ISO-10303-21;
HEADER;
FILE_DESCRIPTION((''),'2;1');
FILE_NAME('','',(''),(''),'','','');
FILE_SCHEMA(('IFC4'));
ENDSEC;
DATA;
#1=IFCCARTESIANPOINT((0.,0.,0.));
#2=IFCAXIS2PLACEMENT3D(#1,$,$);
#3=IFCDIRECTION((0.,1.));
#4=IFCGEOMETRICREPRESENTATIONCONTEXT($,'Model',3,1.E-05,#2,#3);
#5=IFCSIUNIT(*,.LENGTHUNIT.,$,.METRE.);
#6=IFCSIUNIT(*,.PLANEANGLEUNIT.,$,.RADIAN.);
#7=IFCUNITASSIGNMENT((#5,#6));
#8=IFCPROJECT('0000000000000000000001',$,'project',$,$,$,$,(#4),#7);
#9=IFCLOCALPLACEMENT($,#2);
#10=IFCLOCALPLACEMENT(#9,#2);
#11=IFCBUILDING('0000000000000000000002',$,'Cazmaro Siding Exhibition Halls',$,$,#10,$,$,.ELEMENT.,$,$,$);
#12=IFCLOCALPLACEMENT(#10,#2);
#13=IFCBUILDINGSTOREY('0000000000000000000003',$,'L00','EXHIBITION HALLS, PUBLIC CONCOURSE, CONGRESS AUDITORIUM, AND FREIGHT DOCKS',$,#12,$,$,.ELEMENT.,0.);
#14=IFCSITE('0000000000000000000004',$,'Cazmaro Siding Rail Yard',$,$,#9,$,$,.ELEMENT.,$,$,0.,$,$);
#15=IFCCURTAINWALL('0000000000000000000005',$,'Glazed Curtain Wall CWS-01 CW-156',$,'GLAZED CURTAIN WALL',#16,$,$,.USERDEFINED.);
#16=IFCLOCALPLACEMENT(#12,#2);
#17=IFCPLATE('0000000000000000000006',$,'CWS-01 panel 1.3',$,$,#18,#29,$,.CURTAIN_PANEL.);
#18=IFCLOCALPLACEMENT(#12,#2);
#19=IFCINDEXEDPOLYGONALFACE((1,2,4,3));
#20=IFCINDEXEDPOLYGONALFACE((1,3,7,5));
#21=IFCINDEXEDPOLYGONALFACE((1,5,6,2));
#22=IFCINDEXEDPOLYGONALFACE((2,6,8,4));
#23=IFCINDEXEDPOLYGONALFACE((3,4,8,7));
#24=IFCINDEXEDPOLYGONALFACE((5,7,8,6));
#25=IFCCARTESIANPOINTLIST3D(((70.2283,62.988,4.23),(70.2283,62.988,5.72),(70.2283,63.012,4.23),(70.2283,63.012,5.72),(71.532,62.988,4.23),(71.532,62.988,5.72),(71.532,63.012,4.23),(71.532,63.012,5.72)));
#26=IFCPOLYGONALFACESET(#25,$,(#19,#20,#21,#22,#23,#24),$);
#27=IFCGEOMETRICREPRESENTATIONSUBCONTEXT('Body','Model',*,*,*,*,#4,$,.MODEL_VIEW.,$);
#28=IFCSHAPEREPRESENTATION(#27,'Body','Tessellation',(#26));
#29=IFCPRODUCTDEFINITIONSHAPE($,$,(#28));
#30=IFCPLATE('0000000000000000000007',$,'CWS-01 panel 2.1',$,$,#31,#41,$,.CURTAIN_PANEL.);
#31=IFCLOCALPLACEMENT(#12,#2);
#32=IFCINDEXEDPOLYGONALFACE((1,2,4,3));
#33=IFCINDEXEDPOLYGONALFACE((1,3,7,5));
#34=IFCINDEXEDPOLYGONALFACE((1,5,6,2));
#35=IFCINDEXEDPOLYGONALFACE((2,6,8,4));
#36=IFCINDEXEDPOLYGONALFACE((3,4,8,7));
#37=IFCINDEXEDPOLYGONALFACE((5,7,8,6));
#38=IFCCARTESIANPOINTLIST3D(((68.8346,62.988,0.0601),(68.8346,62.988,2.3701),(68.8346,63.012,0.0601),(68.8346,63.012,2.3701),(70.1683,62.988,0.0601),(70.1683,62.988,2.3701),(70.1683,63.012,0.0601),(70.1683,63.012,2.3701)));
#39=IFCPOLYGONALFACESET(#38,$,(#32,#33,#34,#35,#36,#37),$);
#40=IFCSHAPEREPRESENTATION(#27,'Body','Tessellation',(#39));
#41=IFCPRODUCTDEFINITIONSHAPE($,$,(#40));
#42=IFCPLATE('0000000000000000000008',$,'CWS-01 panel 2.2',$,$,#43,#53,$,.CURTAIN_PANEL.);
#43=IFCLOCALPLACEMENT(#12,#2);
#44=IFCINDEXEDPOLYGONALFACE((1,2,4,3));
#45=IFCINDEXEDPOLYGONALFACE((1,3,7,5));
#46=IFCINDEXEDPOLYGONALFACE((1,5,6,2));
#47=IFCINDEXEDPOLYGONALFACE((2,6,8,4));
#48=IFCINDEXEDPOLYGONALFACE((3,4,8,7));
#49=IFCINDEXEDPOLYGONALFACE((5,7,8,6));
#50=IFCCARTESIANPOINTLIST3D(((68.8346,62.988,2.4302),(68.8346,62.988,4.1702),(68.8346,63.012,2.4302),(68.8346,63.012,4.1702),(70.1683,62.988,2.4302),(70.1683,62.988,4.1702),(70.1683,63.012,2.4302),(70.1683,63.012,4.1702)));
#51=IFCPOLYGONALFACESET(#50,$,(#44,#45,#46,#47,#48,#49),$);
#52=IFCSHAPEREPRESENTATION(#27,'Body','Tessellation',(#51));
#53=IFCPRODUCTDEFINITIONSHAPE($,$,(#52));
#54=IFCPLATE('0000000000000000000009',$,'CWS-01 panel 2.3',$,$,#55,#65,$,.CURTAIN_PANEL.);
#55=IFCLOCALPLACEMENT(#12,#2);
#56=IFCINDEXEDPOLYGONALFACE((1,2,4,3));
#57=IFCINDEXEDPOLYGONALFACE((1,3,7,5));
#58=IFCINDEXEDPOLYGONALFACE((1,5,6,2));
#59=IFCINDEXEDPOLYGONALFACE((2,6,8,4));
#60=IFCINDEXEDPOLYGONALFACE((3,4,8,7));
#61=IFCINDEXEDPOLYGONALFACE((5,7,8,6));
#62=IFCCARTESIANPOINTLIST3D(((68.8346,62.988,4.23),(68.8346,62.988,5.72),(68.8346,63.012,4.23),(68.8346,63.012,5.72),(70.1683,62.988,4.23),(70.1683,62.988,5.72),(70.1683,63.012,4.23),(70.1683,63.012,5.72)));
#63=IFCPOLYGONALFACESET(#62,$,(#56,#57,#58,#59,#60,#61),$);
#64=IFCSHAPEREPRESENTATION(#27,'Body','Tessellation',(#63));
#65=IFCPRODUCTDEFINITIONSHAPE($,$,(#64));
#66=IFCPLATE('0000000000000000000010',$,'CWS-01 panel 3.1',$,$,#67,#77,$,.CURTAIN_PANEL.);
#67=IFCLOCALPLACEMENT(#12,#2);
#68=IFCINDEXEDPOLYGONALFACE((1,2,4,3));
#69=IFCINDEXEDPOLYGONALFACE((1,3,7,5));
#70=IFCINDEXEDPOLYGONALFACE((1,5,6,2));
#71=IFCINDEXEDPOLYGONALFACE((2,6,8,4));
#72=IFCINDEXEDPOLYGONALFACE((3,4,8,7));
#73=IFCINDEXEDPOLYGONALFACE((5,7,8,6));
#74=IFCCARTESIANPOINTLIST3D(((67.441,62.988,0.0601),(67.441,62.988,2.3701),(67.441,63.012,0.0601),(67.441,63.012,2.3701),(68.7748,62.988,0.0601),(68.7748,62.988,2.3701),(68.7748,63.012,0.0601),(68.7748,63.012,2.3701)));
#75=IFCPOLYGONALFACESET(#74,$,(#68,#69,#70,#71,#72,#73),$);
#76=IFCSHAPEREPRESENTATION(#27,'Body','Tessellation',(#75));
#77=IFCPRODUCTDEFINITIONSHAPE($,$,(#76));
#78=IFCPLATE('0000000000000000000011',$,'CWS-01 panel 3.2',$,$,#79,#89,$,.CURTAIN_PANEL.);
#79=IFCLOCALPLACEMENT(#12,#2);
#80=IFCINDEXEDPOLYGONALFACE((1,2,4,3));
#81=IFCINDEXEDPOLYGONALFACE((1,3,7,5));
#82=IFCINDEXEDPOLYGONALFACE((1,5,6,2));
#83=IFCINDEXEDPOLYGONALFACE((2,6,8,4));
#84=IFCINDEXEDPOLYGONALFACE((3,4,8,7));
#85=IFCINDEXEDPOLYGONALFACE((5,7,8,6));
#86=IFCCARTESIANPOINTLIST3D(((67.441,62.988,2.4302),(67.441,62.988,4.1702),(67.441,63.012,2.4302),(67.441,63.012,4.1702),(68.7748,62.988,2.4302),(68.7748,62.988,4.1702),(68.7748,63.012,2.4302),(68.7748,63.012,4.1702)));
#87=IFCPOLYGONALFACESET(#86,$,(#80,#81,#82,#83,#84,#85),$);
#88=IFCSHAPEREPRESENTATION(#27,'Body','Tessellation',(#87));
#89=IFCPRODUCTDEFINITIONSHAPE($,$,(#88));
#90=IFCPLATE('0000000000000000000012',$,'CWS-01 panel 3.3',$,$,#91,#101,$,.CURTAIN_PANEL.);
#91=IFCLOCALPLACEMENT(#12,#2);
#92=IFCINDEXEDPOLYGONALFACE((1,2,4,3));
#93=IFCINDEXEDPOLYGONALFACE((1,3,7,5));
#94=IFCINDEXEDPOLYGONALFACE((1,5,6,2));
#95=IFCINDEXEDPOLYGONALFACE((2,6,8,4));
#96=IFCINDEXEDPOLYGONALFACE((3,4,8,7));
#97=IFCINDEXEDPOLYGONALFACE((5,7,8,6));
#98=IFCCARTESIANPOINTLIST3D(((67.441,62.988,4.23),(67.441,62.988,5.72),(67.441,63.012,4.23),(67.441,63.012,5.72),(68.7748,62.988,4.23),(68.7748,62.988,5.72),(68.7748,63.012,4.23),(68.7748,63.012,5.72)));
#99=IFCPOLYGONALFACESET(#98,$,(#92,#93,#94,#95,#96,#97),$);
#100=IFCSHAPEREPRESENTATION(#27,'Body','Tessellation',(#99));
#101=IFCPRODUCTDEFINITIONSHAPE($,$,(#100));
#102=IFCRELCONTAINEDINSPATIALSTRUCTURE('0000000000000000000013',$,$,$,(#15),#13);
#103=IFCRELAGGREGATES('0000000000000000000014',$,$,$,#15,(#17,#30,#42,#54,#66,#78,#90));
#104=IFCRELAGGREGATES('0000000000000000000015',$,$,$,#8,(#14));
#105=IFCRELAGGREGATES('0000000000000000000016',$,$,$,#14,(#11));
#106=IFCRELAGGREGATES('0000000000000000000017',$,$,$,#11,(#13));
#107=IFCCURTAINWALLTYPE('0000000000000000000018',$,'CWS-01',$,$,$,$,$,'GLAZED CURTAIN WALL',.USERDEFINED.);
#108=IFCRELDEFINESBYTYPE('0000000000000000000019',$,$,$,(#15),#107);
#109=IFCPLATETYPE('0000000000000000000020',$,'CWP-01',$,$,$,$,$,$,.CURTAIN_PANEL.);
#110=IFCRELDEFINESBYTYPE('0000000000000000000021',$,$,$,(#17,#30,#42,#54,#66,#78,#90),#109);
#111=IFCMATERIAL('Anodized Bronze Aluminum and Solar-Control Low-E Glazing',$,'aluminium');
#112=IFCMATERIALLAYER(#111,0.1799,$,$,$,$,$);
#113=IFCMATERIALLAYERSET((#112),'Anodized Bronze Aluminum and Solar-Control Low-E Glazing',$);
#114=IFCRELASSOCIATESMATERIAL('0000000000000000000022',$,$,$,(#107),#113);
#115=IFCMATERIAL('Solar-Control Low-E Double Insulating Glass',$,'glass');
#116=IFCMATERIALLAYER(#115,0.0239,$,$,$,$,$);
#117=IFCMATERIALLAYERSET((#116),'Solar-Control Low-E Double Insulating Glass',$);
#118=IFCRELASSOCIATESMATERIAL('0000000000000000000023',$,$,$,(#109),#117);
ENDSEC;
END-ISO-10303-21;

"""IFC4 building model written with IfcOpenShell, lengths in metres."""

from ifc_helpers import new_model, si_unit, direction, frame, origin, origin_2d, place, context, subcontext, project, spatial, rectangle, extrude, material, layer, layer_set, type_object, element, aggregate, save


model = new_model("IFC4")

# Units and contexts
model_context = context("Model", 3, precision=1e-05, world=origin(), true_north=direction((0.0, 1.0)))
body_context = subcontext(model_context, "Body", "Model", "MODEL_VIEW")
ifc_project = project(units=[si_unit("LENGTHUNIT", "METRE"), si_unit("PLANEANGLEUNIT", "RADIAN")], contexts=[model_context])

# Site, building, storey
site_placement = place(None, origin())
site = spatial("IfcSite", under=ifc_project, at=site_placement, Name="Cazmaro Siding Rail Yard", CompositionType="ELEMENT", RefElevation=0.0)
building_placement = place(site_placement, origin())
building = spatial("IfcBuilding", under=site, at=building_placement, Name="Cazmaro Siding Exhibition Halls", CompositionType="ELEMENT")
storey_placement = place(building_placement, origin())
storey = spatial("IfcBuildingStorey", under=building, at=storey_placement, Name="L00", Description="EXHIBITION HALLS, PUBLIC CONCOURSE, CONGRESS AUDITORIUM, AND FREIGHT DOCKS", CompositionType="ELEMENT", Elevation=0.0)

# Curtain wall
ifc_material_1 = material(Name="Anodized Bronze Aluminum and Solar-Control Low-E Glazing", Category="aluminium")
ifc_layer_1 = layer(ifc_material_1, 0.1799)
ifc_layer_set_1 = layer_set([ifc_layer_1], Name="Anodized Bronze Aluminum and Solar-Control Low-E Glazing")
curtain_wall_type = type_object("IfcCurtainWallType", Name="CWS-01", ElementType="GLAZED CURTAIN WALL", PredefinedType="USERDEFINED", material=ifc_layer_set_1)
curtain_wall_1_placement = place(storey_placement, origin())
curtain_wall_1 = element("IfcCurtainWall", 1, at=curtain_wall_1_placement, inside=storey, type_object=curtain_wall_type, Name="Glazed Curtain Wall CWS-01 CW-156", ObjectType="GLAZED CURTAIN WALL", PredefinedType="USERDEFINED")

# Plates
ifc_material_2 = material(Name="Solar-Control Low-E Double Insulating Glass", Category="glass")
ifc_layer_2 = layer(ifc_material_2, 0.0239)
ifc_layer_set_2 = layer_set([ifc_layer_2], Name="Solar-Control Low-E Double Insulating Glass")
plate_type = type_object("IfcPlateType", Name="CWP-01", PredefinedType="CURTAIN_PANEL", material=ifc_layer_set_2)
plate_1_placement = place(storey_placement, frame((70.8801, 63.0, 4.23), z_axis=(0.0, 0.0, 1.0), x_axis=(-1.0, 0.0, 0.0)))
plate_1 = element("IfcPlate", 2, at=plate_1_placement, type_object=plate_type, Name="CWS-01 panel 1.3", PredefinedType="CURTAIN_PANEL", context=body_context, shape_type="SweptSolid", body=[
    extrude(rectangle(XDim=1.3037, YDim=0.0239, at=origin_2d()), origin(), (0.0, 0.0, 1.0), 1.49),
])
plate_2_placement = place(storey_placement, frame((69.5015, 63.0, 0.0601), z_axis=(0.0, 0.0, 1.0), x_axis=(-1.0, 0.0, 0.0)))
plate_2 = element("IfcPlate", 3, at=plate_2_placement, type_object=plate_type, Name="CWS-01 panel 2.1", PredefinedType="CURTAIN_PANEL", context=body_context, shape_type="SweptSolid", body=[
    extrude(rectangle(XDim=1.3337, YDim=0.0239, at=origin_2d()), origin(), (0.0, 0.0, 1.0), 2.3101),
])
plate_3_placement = place(storey_placement, frame((69.5015, 63.0, 2.4302), z_axis=(0.0, 0.0, 1.0), x_axis=(-1.0, 0.0, 0.0)))
plate_3 = element("IfcPlate", 4, at=plate_3_placement, type_object=plate_type, Name="CWS-01 panel 2.2", PredefinedType="CURTAIN_PANEL", context=body_context, shape_type="SweptSolid", body=[
    extrude(rectangle(XDim=1.3337, YDim=0.0239, at=origin_2d()), origin(), (0.0, 0.0, 1.0), 1.74),
])
plate_4_placement = place(storey_placement, frame((69.5015, 63.0, 4.23), z_axis=(0.0, 0.0, 1.0), x_axis=(-1.0, 0.0, 0.0)))
plate_4 = element("IfcPlate", 5, at=plate_4_placement, type_object=plate_type, Name="CWS-01 panel 2.3", PredefinedType="CURTAIN_PANEL", context=body_context, shape_type="SweptSolid", body=[
    extrude(rectangle(XDim=1.3337, YDim=0.0239, at=origin_2d()), origin(), (0.0, 0.0, 1.0), 1.49),
])
plate_5_placement = place(storey_placement, frame((68.1079, 63.0, 0.0601), z_axis=(0.0, 0.0, 1.0), x_axis=(-1.0, 0.0, 0.0)))
plate_5 = element("IfcPlate", 6, at=plate_5_placement, type_object=plate_type, Name="CWS-01 panel 3.1", PredefinedType="CURTAIN_PANEL", context=body_context, shape_type="SweptSolid", body=[
    extrude(rectangle(XDim=1.3337, YDim=0.0239, at=origin_2d()), origin(), (0.0, 0.0, 1.0), 2.3101),
])
plate_6_placement = place(storey_placement, frame((68.1079, 63.0, 2.4302), z_axis=(0.0, 0.0, 1.0), x_axis=(-1.0, 0.0, 0.0)))
plate_6 = element("IfcPlate", 7, at=plate_6_placement, type_object=plate_type, Name="CWS-01 panel 3.2", PredefinedType="CURTAIN_PANEL", context=body_context, shape_type="SweptSolid", body=[
    extrude(rectangle(XDim=1.3337, YDim=0.0239, at=origin_2d()), origin(), (0.0, 0.0, 1.0), 1.74),
])
plate_7_placement = place(storey_placement, frame((68.1079, 63.0, 4.23), z_axis=(0.0, 0.0, 1.0), x_axis=(-1.0, 0.0, 0.0)))
plate_7 = element("IfcPlate", 8, at=plate_7_placement, type_object=plate_type, Name="CWS-01 panel 3.3", PredefinedType="CURTAIN_PANEL", context=body_context, shape_type="SweptSolid", body=[
    extrude(rectangle(XDim=1.3337, YDim=0.0239, at=origin_2d()), origin(), (0.0, 0.0, 1.0), 1.49),
])
aggregate(curtain_wall_1, [plate_1, plate_2, plate_3, plate_4, plate_5, plate_6, plate_7])

save(model, "model.ifc")
